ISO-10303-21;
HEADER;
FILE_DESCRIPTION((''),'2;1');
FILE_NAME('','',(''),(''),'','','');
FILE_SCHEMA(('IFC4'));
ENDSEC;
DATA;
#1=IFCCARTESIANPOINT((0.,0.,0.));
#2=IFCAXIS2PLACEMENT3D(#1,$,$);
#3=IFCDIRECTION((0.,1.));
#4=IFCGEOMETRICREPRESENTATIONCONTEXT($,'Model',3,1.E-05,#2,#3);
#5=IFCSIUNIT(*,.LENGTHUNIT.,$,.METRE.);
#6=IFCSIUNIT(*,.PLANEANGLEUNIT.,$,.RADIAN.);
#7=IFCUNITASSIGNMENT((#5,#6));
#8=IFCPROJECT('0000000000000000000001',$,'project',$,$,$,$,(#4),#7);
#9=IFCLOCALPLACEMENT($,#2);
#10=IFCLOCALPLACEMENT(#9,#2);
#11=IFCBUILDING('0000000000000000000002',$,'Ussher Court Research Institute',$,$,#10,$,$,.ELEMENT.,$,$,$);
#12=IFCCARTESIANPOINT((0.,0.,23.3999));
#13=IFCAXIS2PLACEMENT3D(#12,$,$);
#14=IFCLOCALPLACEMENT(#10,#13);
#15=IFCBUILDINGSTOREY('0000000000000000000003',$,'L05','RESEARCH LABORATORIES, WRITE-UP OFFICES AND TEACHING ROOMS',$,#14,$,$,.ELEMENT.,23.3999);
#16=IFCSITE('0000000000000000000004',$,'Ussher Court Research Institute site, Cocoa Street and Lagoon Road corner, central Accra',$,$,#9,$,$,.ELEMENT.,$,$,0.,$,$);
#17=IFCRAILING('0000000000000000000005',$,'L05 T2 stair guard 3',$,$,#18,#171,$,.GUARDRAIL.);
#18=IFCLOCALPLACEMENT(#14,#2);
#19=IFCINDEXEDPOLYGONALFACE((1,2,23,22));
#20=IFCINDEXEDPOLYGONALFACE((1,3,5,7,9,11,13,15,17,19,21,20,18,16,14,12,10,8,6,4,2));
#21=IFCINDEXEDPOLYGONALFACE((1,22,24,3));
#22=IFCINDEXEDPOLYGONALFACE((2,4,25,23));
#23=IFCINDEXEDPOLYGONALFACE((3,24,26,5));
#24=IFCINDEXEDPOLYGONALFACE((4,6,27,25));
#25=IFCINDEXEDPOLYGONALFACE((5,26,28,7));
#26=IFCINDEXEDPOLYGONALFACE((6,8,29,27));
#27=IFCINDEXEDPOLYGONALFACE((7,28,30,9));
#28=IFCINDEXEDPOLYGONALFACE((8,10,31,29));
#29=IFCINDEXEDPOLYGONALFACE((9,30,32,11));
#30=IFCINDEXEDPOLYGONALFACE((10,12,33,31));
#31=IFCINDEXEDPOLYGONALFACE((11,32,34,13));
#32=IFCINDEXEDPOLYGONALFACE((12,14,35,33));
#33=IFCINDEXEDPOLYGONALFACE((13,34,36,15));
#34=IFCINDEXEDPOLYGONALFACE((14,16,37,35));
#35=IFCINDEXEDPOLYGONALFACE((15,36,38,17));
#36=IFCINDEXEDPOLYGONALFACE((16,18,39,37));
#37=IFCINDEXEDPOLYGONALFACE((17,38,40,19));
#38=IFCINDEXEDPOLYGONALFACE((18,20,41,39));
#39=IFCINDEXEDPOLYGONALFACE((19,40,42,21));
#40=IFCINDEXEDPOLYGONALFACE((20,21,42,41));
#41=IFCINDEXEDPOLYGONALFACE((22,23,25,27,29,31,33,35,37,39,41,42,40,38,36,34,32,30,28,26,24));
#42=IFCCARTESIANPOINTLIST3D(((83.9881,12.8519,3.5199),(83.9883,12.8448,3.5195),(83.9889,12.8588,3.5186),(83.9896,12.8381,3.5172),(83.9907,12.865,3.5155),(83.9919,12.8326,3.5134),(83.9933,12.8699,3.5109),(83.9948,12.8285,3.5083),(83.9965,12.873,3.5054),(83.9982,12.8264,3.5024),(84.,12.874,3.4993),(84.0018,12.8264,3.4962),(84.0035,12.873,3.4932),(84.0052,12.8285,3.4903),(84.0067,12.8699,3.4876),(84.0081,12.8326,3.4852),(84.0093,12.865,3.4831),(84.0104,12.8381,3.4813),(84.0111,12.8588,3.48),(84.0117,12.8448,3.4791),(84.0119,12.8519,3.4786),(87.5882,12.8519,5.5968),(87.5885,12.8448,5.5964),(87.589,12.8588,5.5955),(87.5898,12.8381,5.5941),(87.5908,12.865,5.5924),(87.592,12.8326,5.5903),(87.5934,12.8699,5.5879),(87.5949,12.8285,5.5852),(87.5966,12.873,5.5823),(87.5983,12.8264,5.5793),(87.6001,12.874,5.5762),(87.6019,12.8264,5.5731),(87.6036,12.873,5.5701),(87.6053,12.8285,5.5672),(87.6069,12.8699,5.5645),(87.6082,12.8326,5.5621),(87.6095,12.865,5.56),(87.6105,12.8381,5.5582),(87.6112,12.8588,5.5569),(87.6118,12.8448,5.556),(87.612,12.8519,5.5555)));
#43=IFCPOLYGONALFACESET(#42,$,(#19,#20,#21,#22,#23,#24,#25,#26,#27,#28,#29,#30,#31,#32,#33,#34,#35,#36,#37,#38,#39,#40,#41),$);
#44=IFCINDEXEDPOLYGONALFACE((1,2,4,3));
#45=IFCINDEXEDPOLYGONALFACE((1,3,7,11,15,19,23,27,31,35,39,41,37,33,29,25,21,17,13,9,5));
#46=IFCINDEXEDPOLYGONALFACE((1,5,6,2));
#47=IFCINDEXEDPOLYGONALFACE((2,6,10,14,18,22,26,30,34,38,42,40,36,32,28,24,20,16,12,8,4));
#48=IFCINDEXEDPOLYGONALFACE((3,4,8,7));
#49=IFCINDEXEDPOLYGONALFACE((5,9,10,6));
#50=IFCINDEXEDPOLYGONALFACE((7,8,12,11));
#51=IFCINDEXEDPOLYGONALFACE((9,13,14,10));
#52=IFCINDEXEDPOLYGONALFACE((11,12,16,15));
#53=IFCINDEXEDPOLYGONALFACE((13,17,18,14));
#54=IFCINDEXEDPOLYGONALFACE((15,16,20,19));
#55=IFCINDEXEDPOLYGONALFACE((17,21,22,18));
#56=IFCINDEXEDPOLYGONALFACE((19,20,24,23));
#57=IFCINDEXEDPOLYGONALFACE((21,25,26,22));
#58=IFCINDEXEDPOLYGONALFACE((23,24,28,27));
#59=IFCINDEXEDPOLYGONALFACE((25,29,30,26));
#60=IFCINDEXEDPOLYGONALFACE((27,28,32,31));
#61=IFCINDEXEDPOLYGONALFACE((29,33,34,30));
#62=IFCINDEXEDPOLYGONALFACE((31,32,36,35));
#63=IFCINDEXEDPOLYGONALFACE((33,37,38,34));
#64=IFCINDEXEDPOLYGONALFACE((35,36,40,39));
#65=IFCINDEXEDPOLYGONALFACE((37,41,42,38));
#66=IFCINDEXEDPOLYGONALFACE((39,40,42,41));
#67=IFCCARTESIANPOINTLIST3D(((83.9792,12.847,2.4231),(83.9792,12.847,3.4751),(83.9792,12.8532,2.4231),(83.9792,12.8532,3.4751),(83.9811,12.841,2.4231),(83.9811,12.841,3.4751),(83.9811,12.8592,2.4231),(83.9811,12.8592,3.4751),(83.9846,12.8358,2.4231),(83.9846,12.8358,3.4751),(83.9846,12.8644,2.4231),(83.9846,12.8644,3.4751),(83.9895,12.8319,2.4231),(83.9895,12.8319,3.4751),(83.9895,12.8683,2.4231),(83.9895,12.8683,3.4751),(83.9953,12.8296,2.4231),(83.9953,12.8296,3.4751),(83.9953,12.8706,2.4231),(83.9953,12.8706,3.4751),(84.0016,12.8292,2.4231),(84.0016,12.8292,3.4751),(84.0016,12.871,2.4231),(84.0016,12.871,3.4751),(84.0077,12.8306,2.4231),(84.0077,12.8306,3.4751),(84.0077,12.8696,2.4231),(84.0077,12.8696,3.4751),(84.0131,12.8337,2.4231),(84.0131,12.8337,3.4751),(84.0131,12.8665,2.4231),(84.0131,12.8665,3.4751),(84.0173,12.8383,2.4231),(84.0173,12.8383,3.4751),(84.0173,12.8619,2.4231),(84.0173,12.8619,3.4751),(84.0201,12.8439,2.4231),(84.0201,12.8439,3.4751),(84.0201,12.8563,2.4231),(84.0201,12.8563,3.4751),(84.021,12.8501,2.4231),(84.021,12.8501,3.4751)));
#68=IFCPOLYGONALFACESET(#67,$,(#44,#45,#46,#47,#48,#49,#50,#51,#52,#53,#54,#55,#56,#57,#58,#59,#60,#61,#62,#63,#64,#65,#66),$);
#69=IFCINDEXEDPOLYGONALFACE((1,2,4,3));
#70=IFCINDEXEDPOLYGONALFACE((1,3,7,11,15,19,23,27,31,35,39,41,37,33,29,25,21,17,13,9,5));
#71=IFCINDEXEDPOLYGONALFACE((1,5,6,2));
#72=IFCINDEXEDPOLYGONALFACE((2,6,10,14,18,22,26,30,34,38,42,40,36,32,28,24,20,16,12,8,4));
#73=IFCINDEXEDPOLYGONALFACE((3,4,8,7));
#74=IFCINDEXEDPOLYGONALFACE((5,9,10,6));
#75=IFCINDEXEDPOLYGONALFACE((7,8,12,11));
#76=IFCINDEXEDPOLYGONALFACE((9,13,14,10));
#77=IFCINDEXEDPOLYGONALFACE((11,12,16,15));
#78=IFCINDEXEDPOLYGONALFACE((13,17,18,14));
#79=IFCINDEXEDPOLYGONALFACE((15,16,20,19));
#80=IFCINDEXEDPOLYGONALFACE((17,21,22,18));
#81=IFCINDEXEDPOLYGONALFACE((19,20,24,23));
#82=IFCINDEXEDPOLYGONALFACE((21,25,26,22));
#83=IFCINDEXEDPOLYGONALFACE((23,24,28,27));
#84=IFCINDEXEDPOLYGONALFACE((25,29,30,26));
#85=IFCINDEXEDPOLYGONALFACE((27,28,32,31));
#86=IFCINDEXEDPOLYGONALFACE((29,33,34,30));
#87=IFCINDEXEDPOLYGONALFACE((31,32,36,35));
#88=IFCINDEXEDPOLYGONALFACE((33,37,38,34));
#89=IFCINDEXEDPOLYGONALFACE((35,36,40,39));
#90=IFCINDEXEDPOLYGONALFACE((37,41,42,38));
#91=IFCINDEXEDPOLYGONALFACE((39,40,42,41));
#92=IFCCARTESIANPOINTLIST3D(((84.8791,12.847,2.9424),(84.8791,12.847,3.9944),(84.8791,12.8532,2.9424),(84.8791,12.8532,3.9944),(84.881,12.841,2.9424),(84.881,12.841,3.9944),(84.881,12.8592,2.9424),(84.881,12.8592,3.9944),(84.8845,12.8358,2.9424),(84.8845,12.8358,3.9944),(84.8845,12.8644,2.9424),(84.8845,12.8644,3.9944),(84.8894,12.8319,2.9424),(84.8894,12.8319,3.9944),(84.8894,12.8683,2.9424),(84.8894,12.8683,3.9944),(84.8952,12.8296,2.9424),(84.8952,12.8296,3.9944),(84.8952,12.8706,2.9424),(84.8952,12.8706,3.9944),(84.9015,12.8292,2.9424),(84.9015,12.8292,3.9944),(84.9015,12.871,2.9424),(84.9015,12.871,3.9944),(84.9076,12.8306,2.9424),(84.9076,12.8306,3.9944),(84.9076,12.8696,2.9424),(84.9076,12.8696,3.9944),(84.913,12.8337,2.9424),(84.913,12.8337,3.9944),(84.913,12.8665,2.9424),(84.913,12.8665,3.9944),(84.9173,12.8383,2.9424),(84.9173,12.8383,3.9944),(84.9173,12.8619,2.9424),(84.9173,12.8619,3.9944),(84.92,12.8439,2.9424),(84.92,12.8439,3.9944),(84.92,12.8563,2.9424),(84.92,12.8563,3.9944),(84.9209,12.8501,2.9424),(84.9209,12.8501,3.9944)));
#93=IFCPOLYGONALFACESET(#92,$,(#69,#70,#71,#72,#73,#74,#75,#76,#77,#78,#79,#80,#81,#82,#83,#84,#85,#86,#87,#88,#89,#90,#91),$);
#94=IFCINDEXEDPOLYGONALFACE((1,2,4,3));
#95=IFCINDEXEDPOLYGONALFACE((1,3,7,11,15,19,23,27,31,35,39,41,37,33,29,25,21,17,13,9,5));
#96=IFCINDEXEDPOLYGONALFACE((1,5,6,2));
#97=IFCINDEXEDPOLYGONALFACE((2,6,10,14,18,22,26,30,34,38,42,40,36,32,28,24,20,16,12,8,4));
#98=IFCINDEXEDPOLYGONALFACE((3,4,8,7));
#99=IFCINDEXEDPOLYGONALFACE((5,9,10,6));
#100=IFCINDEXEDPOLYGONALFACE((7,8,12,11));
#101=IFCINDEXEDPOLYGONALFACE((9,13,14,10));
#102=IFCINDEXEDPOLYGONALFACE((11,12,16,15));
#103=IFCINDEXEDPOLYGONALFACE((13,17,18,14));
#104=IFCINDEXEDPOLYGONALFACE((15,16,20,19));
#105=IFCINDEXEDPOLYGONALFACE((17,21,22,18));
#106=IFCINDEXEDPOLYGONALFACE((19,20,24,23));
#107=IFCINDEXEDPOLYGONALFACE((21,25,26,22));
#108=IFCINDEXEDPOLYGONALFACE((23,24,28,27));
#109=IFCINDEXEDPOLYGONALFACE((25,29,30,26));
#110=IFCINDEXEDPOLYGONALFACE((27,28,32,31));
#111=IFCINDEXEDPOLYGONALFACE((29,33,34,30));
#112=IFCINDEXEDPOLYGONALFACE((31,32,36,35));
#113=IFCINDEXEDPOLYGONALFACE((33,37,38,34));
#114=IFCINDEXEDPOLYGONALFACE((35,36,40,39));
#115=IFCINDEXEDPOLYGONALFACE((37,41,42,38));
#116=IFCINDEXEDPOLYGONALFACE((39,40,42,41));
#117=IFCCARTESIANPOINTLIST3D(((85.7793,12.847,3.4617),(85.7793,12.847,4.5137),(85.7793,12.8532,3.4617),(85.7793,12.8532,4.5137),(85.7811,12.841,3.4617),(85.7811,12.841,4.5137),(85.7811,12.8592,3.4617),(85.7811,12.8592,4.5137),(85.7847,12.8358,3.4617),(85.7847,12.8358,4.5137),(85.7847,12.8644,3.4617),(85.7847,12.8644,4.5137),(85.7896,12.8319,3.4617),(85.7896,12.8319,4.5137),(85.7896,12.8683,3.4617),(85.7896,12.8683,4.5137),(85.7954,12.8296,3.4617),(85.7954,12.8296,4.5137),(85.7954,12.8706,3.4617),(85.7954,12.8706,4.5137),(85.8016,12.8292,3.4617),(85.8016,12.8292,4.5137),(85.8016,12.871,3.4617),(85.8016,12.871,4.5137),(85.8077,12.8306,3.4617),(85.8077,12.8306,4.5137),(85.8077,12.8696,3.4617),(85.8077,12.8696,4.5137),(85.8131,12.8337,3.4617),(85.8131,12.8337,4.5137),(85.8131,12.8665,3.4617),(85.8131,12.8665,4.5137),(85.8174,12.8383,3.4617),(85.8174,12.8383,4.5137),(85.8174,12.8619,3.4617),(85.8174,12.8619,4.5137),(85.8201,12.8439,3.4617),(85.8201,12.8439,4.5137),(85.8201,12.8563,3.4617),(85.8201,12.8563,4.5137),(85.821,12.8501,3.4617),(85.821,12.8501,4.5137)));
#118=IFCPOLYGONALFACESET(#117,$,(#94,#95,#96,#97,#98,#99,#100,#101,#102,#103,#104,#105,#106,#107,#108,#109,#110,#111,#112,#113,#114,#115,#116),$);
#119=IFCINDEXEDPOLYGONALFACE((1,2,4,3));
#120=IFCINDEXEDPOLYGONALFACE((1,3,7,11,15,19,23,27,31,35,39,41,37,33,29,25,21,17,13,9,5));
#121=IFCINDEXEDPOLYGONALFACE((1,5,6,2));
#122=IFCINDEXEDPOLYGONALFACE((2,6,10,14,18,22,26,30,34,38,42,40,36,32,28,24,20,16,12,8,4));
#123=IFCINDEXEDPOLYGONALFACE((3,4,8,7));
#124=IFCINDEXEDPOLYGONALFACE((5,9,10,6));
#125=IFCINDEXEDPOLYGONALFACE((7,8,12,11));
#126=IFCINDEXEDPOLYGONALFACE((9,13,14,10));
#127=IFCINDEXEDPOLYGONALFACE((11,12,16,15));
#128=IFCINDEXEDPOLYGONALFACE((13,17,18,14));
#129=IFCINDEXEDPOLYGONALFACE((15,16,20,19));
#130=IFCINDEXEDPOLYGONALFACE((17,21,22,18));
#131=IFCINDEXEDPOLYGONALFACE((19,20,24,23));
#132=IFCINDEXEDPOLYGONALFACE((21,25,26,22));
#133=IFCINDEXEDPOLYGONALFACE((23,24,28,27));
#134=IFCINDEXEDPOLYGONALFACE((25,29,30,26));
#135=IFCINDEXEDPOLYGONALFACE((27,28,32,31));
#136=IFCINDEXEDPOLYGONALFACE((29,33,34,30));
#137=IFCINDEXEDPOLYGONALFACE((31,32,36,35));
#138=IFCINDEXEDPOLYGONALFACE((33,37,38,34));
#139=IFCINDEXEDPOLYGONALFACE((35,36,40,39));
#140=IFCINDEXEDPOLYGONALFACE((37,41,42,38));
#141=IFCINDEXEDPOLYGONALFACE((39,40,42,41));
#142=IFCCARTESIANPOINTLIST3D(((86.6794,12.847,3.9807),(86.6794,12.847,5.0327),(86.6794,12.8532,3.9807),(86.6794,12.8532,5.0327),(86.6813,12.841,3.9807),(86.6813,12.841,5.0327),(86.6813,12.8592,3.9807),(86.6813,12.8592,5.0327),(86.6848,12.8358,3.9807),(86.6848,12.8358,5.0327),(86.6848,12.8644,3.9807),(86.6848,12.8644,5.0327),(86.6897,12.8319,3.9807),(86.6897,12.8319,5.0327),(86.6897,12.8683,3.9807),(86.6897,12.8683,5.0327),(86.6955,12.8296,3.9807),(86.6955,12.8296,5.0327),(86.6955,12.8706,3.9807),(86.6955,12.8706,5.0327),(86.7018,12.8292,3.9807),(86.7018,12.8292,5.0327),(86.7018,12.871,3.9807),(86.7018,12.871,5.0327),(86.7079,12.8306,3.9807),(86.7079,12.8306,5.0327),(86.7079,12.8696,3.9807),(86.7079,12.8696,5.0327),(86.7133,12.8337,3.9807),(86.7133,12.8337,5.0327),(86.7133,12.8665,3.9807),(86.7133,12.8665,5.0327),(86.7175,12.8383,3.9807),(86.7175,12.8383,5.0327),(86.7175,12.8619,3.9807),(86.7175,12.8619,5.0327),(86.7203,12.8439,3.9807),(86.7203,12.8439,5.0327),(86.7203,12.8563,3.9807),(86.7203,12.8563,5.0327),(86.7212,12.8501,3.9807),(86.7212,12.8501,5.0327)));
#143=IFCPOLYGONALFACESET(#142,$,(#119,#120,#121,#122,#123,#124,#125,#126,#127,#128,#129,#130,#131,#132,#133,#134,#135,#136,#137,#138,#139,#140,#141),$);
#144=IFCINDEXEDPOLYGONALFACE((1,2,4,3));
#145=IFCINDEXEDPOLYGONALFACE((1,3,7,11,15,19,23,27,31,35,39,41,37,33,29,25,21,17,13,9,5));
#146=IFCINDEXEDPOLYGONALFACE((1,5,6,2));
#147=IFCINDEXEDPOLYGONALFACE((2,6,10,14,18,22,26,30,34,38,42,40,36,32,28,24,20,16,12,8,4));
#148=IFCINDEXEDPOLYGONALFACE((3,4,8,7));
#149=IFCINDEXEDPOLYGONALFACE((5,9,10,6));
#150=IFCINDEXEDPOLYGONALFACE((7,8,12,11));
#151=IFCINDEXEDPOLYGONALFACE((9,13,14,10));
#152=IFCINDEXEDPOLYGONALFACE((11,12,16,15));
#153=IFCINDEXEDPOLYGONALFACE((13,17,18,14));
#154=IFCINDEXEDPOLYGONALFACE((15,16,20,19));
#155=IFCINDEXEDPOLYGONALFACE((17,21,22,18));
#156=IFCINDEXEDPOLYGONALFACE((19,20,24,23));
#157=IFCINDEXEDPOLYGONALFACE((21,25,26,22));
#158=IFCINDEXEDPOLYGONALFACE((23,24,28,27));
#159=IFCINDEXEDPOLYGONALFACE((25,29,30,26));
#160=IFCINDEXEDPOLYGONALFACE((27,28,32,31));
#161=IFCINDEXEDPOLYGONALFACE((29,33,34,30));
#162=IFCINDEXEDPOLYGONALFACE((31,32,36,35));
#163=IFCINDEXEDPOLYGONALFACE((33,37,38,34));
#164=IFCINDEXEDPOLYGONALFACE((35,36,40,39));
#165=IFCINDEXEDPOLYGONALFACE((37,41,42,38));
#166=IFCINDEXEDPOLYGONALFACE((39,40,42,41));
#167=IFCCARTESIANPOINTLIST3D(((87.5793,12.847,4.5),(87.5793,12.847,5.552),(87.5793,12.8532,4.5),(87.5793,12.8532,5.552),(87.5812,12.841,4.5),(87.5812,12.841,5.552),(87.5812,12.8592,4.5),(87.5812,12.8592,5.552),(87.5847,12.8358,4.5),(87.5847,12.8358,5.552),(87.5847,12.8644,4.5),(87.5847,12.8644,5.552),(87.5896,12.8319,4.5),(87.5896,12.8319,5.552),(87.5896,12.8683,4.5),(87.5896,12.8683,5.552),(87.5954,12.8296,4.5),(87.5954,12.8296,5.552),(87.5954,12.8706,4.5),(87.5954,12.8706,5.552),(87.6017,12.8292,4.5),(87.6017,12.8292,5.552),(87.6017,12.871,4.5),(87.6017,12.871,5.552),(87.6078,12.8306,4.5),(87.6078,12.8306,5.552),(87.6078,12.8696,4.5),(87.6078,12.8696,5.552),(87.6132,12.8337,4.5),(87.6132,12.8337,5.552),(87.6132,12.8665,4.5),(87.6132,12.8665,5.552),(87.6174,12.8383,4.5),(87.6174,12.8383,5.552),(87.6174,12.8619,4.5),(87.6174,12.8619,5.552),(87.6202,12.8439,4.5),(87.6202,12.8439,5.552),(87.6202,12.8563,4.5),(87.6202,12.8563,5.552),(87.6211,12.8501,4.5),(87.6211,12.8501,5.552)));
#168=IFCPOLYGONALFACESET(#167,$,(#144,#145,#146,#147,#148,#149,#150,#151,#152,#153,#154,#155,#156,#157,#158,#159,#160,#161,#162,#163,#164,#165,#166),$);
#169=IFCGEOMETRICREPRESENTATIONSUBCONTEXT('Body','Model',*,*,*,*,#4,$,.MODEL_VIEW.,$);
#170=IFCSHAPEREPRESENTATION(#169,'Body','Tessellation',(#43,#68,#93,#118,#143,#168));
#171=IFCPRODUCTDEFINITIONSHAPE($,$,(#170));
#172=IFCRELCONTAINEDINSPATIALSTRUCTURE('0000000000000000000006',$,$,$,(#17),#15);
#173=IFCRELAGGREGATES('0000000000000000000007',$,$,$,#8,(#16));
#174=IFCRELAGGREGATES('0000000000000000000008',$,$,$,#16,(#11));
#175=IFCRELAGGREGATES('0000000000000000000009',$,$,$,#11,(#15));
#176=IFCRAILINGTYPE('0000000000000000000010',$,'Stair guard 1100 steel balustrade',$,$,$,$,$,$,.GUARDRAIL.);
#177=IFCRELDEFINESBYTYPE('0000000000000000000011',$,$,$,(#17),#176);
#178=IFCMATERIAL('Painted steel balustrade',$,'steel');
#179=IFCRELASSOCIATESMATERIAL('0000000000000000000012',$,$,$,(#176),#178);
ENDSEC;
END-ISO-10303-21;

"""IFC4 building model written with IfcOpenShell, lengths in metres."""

from ifc_helpers import new_model, si_unit, direction, frame, origin, origin_2d, place, context, subcontext, project, spatial, circle, extrude, material, type_object, element, save


model = new_model("IFC4")

# Units and contexts
model_context = context("Model", 3, precision=1e-05, world=origin(), true_north=direction((0.0, 1.0)))
body_context = subcontext(model_context, "Body", "Model", "MODEL_VIEW")
ifc_project = project(units=[si_unit("LENGTHUNIT", "METRE"), si_unit("PLANEANGLEUNIT", "RADIAN")], contexts=[model_context])

# Site, building, storey
site_placement = place(None, origin())
site = spatial("IfcSite", under=ifc_project, at=site_placement, Name="Ussher Court Research Institute site, Cocoa Street and Lagoon Road corner, central Accra", CompositionType="ELEMENT", RefElevation=0.0)
building_placement = place(site_placement, origin())
building = spatial("IfcBuilding", under=site, at=building_placement, Name="Ussher Court Research Institute", CompositionType="ELEMENT")
storey_placement = place(building_placement, frame((0.0, 0.0, 23.3999)))
storey = spatial("IfcBuildingStorey", under=building, at=storey_placement, Name="L05", Description="RESEARCH LABORATORIES, WRITE-UP OFFICES AND TEACHING ROOMS", CompositionType="ELEMENT", Elevation=23.3999)

# Railing
ifc_material_1 = material(Name="Painted steel balustrade", Category="steel")
railing_type_1 = type_object("IfcRailingType", Name="Stair guard 1100 steel balustrade", PredefinedType="GUARDRAIL", material=ifc_material_1)
railing_1_placement = place(storey_placement, frame((84.0, 12.8501, 2.4231)))
element("IfcRailing", 1, at=railing_1_placement, inside=storey, type_object=railing_type_1, Name="L05 T2 stair guard 3", PredefinedType="GUARDRAIL", context=body_context, shape_type="SweptSolid", body=[
    extrude(circle(Radius=0.0239, at=origin_2d()), frame((0.0, 0.0, 1.0762), z_axis=(0.866193, 0.0, 0.499709), x_axis=(0.0, 1.0, 0.0)), (0.0, 0.0, 1.0), 4.1562),
    extrude(circle(Radius=0.021, at=origin_2d()), origin(), (0.0, 0.0, 1.0), 1.052),
    extrude(circle(Radius=0.021, at=origin_2d()), frame((0.8999, 0.0, 0.5193)), (0.0, 0.0, 1.0), 1.052),
    extrude(circle(Radius=0.021, at=origin_2d()), frame((1.8, 0.0, 1.0386)), (0.0, 0.0, 1.0), 1.052),
    extrude(circle(Radius=0.021, at=origin_2d()), frame((2.7002, 0.0, 1.5576)), (0.0, 0.0, 1.0), 1.052),
    extrude(circle(Radius=0.021, at=origin_2d()), frame((3.6001, 0.0, 2.0769)), (0.0, 0.0, 1.0), 1.052),
])

save(model, "model.ifc")
